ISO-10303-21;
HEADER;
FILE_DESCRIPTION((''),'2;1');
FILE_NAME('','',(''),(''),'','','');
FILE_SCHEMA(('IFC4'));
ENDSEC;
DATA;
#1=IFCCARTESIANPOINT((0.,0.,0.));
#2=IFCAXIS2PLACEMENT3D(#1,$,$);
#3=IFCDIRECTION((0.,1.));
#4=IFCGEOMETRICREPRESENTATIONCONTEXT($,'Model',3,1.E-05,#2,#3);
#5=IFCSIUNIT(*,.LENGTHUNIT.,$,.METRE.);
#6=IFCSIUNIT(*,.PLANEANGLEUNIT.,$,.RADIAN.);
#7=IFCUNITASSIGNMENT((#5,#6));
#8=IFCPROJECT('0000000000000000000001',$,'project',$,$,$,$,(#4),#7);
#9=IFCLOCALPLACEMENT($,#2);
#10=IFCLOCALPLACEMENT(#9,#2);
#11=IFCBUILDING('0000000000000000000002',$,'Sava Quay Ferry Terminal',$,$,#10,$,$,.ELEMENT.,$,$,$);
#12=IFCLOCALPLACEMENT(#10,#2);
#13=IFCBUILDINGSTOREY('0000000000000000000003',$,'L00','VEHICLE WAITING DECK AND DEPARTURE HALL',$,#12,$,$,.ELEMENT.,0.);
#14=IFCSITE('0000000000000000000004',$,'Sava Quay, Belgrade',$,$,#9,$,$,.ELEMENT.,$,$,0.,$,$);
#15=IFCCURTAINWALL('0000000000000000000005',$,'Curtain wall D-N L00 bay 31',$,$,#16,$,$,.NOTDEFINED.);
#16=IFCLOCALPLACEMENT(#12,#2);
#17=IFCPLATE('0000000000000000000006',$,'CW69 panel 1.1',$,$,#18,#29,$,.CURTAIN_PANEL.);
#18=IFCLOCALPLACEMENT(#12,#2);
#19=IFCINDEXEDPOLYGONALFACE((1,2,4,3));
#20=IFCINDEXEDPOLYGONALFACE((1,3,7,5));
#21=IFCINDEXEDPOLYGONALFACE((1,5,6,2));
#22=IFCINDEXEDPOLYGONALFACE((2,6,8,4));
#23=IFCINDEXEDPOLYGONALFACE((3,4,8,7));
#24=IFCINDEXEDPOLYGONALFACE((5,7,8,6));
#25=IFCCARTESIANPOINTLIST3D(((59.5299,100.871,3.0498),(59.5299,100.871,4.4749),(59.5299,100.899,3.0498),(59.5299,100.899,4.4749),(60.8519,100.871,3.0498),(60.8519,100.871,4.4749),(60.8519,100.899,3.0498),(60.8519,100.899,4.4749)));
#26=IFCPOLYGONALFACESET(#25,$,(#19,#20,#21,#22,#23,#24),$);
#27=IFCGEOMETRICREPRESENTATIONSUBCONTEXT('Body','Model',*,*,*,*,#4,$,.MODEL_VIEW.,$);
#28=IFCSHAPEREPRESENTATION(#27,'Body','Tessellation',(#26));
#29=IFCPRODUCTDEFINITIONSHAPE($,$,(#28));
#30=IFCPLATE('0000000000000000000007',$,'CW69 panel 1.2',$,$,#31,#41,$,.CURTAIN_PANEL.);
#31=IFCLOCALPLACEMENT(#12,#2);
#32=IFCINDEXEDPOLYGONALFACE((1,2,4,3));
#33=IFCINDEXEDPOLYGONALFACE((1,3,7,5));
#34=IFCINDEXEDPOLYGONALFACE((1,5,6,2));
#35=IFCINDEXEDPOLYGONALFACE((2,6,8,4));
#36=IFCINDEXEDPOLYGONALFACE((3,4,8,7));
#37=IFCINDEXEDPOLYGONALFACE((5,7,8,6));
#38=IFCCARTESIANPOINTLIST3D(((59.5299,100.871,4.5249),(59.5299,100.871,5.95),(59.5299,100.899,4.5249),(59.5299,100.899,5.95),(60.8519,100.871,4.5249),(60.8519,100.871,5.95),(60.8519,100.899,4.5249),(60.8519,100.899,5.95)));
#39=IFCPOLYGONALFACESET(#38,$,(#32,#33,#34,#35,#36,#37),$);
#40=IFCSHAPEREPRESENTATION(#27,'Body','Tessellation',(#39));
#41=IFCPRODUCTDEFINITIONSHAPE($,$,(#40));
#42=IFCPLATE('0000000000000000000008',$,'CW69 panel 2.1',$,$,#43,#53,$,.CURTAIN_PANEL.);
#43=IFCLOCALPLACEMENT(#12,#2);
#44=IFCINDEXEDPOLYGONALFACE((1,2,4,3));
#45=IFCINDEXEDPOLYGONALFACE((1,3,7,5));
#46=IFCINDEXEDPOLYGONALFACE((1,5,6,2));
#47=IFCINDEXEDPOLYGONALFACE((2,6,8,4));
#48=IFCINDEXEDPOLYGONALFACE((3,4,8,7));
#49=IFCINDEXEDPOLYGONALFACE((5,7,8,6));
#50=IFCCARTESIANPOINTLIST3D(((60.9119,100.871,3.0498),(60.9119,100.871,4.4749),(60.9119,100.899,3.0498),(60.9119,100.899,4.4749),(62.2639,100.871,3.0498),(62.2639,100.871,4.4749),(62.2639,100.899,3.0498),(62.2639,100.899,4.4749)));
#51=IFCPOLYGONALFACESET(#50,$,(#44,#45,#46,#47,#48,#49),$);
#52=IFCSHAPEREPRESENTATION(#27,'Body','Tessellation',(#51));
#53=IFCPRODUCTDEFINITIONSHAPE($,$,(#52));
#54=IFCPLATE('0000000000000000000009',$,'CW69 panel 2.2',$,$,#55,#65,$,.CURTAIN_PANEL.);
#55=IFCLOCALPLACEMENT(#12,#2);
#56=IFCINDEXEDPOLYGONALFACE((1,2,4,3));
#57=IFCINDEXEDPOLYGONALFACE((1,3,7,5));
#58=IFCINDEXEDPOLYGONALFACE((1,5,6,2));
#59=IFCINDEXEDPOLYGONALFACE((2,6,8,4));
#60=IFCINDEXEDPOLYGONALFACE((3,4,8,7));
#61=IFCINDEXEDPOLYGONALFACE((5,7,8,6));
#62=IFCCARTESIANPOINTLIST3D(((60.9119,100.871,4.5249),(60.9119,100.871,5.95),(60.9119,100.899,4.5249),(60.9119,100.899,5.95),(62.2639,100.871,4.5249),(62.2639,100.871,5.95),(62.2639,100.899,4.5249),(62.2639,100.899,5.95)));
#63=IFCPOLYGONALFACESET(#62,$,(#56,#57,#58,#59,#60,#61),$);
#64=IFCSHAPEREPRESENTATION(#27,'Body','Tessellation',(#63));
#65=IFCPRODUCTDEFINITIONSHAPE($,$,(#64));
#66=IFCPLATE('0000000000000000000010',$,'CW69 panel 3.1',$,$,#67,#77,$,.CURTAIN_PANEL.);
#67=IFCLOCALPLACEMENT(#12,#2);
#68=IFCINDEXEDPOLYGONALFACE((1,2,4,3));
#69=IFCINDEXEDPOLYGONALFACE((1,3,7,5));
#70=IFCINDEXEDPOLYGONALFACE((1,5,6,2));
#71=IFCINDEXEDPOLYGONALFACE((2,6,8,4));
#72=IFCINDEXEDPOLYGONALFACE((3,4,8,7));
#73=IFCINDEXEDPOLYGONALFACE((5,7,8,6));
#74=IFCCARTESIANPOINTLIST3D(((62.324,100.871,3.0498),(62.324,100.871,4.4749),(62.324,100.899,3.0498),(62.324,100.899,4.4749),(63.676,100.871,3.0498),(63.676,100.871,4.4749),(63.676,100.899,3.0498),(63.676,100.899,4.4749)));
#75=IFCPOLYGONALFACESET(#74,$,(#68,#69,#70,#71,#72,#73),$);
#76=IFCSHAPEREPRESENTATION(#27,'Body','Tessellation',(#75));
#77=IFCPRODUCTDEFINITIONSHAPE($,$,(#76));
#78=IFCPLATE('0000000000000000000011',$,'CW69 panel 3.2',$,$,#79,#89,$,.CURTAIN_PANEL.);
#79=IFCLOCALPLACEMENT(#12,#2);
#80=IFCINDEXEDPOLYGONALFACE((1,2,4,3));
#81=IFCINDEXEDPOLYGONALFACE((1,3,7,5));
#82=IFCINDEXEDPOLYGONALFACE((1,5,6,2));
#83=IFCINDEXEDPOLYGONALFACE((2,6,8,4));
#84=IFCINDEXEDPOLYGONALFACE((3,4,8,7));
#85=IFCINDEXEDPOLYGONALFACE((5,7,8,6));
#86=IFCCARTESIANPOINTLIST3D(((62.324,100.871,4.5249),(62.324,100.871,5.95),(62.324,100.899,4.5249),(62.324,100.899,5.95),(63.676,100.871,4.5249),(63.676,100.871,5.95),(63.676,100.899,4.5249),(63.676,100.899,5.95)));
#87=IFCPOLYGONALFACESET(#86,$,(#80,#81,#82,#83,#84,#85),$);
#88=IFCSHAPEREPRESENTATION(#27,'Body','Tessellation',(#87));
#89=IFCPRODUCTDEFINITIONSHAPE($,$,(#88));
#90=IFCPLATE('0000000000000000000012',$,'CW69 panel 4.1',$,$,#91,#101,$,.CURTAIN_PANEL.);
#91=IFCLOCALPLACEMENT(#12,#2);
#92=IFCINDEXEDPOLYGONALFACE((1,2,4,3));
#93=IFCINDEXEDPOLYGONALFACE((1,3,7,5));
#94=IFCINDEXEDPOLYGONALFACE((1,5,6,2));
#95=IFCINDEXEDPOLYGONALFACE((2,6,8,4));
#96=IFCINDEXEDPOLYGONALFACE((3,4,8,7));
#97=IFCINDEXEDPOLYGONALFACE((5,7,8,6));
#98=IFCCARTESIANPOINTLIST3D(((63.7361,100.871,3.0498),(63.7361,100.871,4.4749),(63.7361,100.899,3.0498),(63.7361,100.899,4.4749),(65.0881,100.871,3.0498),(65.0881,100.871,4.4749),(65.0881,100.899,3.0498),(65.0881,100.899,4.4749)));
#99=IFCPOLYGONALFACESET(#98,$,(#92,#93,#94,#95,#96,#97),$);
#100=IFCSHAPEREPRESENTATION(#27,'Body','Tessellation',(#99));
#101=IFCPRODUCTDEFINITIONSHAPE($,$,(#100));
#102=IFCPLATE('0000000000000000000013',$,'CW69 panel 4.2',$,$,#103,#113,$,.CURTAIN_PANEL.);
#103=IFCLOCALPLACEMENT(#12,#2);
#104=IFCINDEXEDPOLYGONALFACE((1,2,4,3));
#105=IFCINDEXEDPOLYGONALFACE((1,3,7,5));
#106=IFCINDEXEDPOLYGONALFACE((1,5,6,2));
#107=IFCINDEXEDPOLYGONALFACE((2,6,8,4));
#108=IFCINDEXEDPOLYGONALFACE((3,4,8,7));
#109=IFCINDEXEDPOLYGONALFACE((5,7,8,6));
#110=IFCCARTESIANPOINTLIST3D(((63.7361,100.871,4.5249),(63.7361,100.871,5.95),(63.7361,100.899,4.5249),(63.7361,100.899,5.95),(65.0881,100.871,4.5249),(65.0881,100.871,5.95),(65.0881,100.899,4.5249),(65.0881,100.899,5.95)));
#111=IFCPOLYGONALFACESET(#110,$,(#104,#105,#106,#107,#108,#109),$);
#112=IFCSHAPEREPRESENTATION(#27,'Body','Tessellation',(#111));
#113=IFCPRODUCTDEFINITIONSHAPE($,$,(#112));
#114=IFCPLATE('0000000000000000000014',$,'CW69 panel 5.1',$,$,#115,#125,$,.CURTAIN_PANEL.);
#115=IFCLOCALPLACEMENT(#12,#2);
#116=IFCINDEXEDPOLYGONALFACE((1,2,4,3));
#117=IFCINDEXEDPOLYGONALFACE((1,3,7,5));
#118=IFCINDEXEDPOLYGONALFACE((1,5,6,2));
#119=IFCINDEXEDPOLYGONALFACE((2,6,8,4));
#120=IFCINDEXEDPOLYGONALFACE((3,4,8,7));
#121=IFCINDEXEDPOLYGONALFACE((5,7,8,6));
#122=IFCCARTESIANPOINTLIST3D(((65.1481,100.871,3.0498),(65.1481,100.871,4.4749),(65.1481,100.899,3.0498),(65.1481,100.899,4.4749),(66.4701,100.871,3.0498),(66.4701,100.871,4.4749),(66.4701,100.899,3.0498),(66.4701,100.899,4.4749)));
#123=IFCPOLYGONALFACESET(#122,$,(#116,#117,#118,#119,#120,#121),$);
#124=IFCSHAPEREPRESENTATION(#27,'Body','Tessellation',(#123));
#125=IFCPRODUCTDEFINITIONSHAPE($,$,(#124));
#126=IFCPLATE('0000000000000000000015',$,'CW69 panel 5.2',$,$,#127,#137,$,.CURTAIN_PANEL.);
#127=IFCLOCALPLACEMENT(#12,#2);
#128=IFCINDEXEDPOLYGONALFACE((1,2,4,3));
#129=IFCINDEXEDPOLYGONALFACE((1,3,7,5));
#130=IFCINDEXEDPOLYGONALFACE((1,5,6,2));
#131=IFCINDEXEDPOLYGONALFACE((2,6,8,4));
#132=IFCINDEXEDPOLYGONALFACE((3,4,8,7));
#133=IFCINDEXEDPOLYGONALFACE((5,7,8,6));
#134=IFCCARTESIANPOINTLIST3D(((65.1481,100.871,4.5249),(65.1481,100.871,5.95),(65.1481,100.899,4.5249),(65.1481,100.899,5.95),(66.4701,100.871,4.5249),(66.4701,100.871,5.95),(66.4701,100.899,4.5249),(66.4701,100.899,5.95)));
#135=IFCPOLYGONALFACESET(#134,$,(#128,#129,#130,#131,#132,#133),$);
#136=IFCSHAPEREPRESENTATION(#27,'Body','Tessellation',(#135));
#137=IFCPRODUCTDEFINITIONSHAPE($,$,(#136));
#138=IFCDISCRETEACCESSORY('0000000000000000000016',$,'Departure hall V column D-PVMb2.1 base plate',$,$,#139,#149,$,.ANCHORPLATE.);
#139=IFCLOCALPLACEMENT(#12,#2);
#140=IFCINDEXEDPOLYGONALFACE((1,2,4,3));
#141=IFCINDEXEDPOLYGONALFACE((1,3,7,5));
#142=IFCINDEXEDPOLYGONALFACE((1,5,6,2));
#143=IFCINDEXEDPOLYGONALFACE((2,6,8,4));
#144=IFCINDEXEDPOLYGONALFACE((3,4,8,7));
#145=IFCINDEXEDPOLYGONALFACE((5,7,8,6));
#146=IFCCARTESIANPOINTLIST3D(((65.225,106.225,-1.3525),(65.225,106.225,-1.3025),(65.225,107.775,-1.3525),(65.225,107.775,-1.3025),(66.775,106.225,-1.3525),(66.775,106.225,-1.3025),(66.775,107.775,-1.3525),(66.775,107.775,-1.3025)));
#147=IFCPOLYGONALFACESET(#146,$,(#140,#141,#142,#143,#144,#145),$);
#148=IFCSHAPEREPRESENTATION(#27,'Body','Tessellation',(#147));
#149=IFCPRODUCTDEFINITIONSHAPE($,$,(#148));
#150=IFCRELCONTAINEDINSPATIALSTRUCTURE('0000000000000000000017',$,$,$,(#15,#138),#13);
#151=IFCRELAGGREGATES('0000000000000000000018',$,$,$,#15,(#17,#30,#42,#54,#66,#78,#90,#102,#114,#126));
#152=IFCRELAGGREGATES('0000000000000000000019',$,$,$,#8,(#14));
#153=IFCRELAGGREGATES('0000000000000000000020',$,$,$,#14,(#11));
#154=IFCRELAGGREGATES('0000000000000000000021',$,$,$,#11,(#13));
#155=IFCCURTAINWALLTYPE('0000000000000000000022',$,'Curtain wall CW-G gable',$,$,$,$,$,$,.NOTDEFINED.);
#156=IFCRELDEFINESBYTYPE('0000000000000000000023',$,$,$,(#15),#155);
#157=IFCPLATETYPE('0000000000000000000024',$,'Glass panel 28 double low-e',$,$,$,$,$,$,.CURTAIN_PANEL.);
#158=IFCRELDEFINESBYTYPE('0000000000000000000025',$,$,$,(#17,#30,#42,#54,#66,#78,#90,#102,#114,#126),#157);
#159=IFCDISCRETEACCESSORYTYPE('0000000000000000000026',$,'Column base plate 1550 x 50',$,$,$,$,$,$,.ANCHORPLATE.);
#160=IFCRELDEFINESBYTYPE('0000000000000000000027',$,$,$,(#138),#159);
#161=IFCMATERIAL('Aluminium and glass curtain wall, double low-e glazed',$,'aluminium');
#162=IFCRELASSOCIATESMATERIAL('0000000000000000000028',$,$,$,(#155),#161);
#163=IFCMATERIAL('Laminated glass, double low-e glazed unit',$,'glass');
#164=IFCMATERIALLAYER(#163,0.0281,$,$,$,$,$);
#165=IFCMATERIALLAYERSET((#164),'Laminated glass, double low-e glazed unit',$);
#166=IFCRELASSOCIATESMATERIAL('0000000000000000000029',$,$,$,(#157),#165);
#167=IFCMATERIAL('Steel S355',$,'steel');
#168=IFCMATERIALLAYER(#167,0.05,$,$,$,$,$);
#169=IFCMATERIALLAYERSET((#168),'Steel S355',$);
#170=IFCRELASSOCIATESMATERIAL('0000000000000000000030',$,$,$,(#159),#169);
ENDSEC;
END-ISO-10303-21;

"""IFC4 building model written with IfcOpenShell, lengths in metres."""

from ifc_helpers import new_model, si_unit, direction, frame, origin, origin_2d, place, context, subcontext, project, spatial, rectangle, extrude, material, layer, layer_set, type_object, element, aggregate, save


model = new_model("IFC4")

# Units and contexts
model_context = context("Model", 3, precision=1e-05, world=origin(), true_north=direction((0.0, 1.0)))
body_context = subcontext(model_context, "Body", "Model", "MODEL_VIEW")
ifc_project = project(units=[si_unit("LENGTHUNIT", "METRE"), si_unit("PLANEANGLEUNIT", "RADIAN")], contexts=[model_context])

# Site, building, storey
site_placement = place(None, origin())
site = spatial("IfcSite", under=ifc_project, at=site_placement, Name="Sava Quay, Belgrade", CompositionType="ELEMENT", RefElevation=0.0)
building_placement = place(site_placement, origin())
building = spatial("IfcBuilding", under=site, at=building_placement, Name="Sava Quay Ferry Terminal", CompositionType="ELEMENT")
storey_placement = place(building_placement, origin())
storey = spatial("IfcBuildingStorey", under=building, at=storey_placement, Name="L00", Description="VEHICLE WAITING DECK AND DEPARTURE HALL", CompositionType="ELEMENT", Elevation=0.0)

# Curtain wall, plates
ifc_material_1 = material(Name="Aluminium and glass curtain wall, double low-e glazed", Category="aluminium")
curtain_wall_type = type_object("IfcCurtainWallType", Name="Curtain wall CW-G gable", PredefinedType="NOTDEFINED", material=ifc_material_1)
curtain_wall_placement = place(storey_placement, origin())
curtain_wall = element("IfcCurtainWall", 1, at=curtain_wall_placement, inside=storey, type_object=curtain_wall_type, Name="Curtain wall D-N L00 bay 31", PredefinedType="NOTDEFINED")
ifc_material_2 = material(Name="Laminated glass, double low-e glazed unit", Category="glass")
ifc_layer_1 = layer(ifc_material_2, 0.0281)
ifc_layer_set_1 = layer_set([ifc_layer_1], Name="Laminated glass, double low-e glazed unit")
plate_type = type_object("IfcPlateType", Name="Glass panel 28 double low-e", PredefinedType="CURTAIN_PANEL", material=ifc_layer_set_1)
plate_1_placement = place(storey_placement, frame((60.1909, 100.885, 3.0498), z_axis=(0.0, 0.0, 1.0), x_axis=(1.0, 0.0, 0.0)))
plate_1 = element("IfcPlate", 2, at=plate_1_placement, type_object=plate_type, Name="CW69 panel 1.1", PredefinedType="CURTAIN_PANEL", context=body_context, shape_type="SweptSolid", body=[
    extrude(rectangle(XDim=1.322, YDim=0.0281, at=origin_2d()), origin(), (0.0, 0.0, 1.0), 1.425),
])
plate_2_placement = place(storey_placement, frame((60.1909, 100.885, 4.5249), z_axis=(0.0, 0.0, 1.0), x_axis=(1.0, 0.0, 0.0)))
plate_2 = element("IfcPlate", 3, at=plate_2_placement, type_object=plate_type, Name="CW69 panel 1.2", PredefinedType="CURTAIN_PANEL", context=body_context, shape_type="SweptSolid", body=[
    extrude(rectangle(XDim=1.322, YDim=0.0281, at=origin_2d()), origin(), (0.0, 0.0, 1.0), 1.425),
])
plate_3_placement = place(storey_placement, frame((61.5879, 100.885, 3.0498), z_axis=(0.0, 0.0, 1.0), x_axis=(1.0, 0.0, 0.0)))
plate_3 = element("IfcPlate", 4, at=plate_3_placement, type_object=plate_type, Name="CW69 panel 2.1", PredefinedType="CURTAIN_PANEL", context=body_context, shape_type="SweptSolid", body=[
    extrude(rectangle(XDim=1.3521, YDim=0.0281, at=origin_2d()), origin(), (0.0, 0.0, 1.0), 1.425),
])
plate_4_placement = place(storey_placement, frame((61.5879, 100.885, 4.5249), z_axis=(0.0, 0.0, 1.0), x_axis=(1.0, 0.0, 0.0)))
plate_4 = element("IfcPlate", 5, at=plate_4_placement, type_object=plate_type, Name="CW69 panel 2.2", PredefinedType="CURTAIN_PANEL", context=body_context, shape_type="SweptSolid", body=[
    extrude(rectangle(XDim=1.3521, YDim=0.0281, at=origin_2d()), origin(), (0.0, 0.0, 1.0), 1.425),
])
plate_5_placement = place(storey_placement, frame((63.0, 100.885, 3.0498), z_axis=(0.0, 0.0, 1.0), x_axis=(1.0, 0.0, 0.0)))
plate_5 = element("IfcPlate", 6, at=plate_5_placement, type_object=plate_type, Name="CW69 panel 3.1", PredefinedType="CURTAIN_PANEL", context=body_context, shape_type="SweptSolid", body=[
    extrude(rectangle(XDim=1.3521, YDim=0.0281, at=origin_2d()), origin(), (0.0, 0.0, 1.0), 1.425),
])
plate_6_placement = place(storey_placement, frame((63.0, 100.885, 4.5249), z_axis=(0.0, 0.0, 1.0), x_axis=(1.0, 0.0, 0.0)))
plate_6 = element("IfcPlate", 7, at=plate_6_placement, type_object=plate_type, Name="CW69 panel 3.2", PredefinedType="CURTAIN_PANEL", context=body_context, shape_type="SweptSolid", body=[
    extrude(rectangle(XDim=1.3521, YDim=0.0281, at=origin_2d()), origin(), (0.0, 0.0, 1.0), 1.425),
])
plate_7_placement = place(storey_placement, frame((64.4121, 100.885, 3.0498), z_axis=(0.0, 0.0, 1.0), x_axis=(1.0, 0.0, 0.0)))
plate_7 = element("IfcPlate", 8, at=plate_7_placement, type_object=plate_type, Name="CW69 panel 4.1", PredefinedType="CURTAIN_PANEL", context=body_context, shape_type="SweptSolid", body=[
    extrude(rectangle(XDim=1.3521, YDim=0.0281, at=origin_2d()), origin(), (0.0, 0.0, 1.0), 1.425),
])
plate_8_placement = place(storey_placement, frame((64.4121, 100.885, 4.5249), z_axis=(0.0, 0.0, 1.0), x_axis=(1.0, 0.0, 0.0)))
plate_8 = element("IfcPlate", 9, at=plate_8_placement, type_object=plate_type, Name="CW69 panel 4.2", PredefinedType="CURTAIN_PANEL", context=body_context, shape_type="SweptSolid", body=[
    extrude(rectangle(XDim=1.3521, YDim=0.0281, at=origin_2d()), origin(), (0.0, 0.0, 1.0), 1.425),
])
plate_9_placement = place(storey_placement, frame((65.8091, 100.885, 3.0498), z_axis=(0.0, 0.0, 1.0), x_axis=(1.0, 0.0, 0.0)))
plate_9 = element("IfcPlate", 10, at=plate_9_placement, type_object=plate_type, Name="CW69 panel 5.1", PredefinedType="CURTAIN_PANEL", context=body_context, shape_type="SweptSolid", body=[
    extrude(rectangle(XDim=1.322, YDim=0.0281, at=origin_2d()), origin(), (0.0, 0.0, 1.0), 1.425),
])
plate_10_placement = place(storey_placement, frame((65.8091, 100.885, 4.5249), z_axis=(0.0, 0.0, 1.0), x_axis=(1.0, 0.0, 0.0)))
plate_10 = element("IfcPlate", 11, at=plate_10_placement, type_object=plate_type, Name="CW69 panel 5.2", PredefinedType="CURTAIN_PANEL", context=body_context, shape_type="SweptSolid", body=[
    extrude(rectangle(XDim=1.322, YDim=0.0281, at=origin_2d()), origin(), (0.0, 0.0, 1.0), 1.425),
])
aggregate(curtain_wall, [plate_1, plate_2, plate_3, plate_4, plate_5, plate_6, plate_7, plate_8, plate_9, plate_10])

# Discrete accessory
ifc_material_3 = material(Name="Steel S355", Category="steel")
ifc_layer_2 = layer(ifc_material_3, 0.05)
ifc_layer_set_2 = layer_set([ifc_layer_2], Name="Steel S355")
discrete_accessory_type = type_object("IfcDiscreteAccessoryType", Name="Column base plate 1550 x 50", PredefinedType="ANCHORPLATE", material=ifc_layer_set_2)
discrete_accessory_placement = place(storey_placement, frame((66.0, 107.0, -1.3525), z_axis=(0.0, 0.0, 1.0), x_axis=(1.0, 0.0, 0.0)))
element("IfcDiscreteAccessory", 12, at=discrete_accessory_placement, inside=storey, type_object=discrete_accessory_type, Name="Departure hall V column D-PVMb2.1 base plate", PredefinedType="ANCHORPLATE", context=body_context, shape_type="SweptSolid", body=[
    extrude(rectangle(XDim=1.55, YDim=1.55, at=origin_2d()), origin(), (0.0, 0.0, 1.0), 0.05),
])

save(model, "model.ifc")
